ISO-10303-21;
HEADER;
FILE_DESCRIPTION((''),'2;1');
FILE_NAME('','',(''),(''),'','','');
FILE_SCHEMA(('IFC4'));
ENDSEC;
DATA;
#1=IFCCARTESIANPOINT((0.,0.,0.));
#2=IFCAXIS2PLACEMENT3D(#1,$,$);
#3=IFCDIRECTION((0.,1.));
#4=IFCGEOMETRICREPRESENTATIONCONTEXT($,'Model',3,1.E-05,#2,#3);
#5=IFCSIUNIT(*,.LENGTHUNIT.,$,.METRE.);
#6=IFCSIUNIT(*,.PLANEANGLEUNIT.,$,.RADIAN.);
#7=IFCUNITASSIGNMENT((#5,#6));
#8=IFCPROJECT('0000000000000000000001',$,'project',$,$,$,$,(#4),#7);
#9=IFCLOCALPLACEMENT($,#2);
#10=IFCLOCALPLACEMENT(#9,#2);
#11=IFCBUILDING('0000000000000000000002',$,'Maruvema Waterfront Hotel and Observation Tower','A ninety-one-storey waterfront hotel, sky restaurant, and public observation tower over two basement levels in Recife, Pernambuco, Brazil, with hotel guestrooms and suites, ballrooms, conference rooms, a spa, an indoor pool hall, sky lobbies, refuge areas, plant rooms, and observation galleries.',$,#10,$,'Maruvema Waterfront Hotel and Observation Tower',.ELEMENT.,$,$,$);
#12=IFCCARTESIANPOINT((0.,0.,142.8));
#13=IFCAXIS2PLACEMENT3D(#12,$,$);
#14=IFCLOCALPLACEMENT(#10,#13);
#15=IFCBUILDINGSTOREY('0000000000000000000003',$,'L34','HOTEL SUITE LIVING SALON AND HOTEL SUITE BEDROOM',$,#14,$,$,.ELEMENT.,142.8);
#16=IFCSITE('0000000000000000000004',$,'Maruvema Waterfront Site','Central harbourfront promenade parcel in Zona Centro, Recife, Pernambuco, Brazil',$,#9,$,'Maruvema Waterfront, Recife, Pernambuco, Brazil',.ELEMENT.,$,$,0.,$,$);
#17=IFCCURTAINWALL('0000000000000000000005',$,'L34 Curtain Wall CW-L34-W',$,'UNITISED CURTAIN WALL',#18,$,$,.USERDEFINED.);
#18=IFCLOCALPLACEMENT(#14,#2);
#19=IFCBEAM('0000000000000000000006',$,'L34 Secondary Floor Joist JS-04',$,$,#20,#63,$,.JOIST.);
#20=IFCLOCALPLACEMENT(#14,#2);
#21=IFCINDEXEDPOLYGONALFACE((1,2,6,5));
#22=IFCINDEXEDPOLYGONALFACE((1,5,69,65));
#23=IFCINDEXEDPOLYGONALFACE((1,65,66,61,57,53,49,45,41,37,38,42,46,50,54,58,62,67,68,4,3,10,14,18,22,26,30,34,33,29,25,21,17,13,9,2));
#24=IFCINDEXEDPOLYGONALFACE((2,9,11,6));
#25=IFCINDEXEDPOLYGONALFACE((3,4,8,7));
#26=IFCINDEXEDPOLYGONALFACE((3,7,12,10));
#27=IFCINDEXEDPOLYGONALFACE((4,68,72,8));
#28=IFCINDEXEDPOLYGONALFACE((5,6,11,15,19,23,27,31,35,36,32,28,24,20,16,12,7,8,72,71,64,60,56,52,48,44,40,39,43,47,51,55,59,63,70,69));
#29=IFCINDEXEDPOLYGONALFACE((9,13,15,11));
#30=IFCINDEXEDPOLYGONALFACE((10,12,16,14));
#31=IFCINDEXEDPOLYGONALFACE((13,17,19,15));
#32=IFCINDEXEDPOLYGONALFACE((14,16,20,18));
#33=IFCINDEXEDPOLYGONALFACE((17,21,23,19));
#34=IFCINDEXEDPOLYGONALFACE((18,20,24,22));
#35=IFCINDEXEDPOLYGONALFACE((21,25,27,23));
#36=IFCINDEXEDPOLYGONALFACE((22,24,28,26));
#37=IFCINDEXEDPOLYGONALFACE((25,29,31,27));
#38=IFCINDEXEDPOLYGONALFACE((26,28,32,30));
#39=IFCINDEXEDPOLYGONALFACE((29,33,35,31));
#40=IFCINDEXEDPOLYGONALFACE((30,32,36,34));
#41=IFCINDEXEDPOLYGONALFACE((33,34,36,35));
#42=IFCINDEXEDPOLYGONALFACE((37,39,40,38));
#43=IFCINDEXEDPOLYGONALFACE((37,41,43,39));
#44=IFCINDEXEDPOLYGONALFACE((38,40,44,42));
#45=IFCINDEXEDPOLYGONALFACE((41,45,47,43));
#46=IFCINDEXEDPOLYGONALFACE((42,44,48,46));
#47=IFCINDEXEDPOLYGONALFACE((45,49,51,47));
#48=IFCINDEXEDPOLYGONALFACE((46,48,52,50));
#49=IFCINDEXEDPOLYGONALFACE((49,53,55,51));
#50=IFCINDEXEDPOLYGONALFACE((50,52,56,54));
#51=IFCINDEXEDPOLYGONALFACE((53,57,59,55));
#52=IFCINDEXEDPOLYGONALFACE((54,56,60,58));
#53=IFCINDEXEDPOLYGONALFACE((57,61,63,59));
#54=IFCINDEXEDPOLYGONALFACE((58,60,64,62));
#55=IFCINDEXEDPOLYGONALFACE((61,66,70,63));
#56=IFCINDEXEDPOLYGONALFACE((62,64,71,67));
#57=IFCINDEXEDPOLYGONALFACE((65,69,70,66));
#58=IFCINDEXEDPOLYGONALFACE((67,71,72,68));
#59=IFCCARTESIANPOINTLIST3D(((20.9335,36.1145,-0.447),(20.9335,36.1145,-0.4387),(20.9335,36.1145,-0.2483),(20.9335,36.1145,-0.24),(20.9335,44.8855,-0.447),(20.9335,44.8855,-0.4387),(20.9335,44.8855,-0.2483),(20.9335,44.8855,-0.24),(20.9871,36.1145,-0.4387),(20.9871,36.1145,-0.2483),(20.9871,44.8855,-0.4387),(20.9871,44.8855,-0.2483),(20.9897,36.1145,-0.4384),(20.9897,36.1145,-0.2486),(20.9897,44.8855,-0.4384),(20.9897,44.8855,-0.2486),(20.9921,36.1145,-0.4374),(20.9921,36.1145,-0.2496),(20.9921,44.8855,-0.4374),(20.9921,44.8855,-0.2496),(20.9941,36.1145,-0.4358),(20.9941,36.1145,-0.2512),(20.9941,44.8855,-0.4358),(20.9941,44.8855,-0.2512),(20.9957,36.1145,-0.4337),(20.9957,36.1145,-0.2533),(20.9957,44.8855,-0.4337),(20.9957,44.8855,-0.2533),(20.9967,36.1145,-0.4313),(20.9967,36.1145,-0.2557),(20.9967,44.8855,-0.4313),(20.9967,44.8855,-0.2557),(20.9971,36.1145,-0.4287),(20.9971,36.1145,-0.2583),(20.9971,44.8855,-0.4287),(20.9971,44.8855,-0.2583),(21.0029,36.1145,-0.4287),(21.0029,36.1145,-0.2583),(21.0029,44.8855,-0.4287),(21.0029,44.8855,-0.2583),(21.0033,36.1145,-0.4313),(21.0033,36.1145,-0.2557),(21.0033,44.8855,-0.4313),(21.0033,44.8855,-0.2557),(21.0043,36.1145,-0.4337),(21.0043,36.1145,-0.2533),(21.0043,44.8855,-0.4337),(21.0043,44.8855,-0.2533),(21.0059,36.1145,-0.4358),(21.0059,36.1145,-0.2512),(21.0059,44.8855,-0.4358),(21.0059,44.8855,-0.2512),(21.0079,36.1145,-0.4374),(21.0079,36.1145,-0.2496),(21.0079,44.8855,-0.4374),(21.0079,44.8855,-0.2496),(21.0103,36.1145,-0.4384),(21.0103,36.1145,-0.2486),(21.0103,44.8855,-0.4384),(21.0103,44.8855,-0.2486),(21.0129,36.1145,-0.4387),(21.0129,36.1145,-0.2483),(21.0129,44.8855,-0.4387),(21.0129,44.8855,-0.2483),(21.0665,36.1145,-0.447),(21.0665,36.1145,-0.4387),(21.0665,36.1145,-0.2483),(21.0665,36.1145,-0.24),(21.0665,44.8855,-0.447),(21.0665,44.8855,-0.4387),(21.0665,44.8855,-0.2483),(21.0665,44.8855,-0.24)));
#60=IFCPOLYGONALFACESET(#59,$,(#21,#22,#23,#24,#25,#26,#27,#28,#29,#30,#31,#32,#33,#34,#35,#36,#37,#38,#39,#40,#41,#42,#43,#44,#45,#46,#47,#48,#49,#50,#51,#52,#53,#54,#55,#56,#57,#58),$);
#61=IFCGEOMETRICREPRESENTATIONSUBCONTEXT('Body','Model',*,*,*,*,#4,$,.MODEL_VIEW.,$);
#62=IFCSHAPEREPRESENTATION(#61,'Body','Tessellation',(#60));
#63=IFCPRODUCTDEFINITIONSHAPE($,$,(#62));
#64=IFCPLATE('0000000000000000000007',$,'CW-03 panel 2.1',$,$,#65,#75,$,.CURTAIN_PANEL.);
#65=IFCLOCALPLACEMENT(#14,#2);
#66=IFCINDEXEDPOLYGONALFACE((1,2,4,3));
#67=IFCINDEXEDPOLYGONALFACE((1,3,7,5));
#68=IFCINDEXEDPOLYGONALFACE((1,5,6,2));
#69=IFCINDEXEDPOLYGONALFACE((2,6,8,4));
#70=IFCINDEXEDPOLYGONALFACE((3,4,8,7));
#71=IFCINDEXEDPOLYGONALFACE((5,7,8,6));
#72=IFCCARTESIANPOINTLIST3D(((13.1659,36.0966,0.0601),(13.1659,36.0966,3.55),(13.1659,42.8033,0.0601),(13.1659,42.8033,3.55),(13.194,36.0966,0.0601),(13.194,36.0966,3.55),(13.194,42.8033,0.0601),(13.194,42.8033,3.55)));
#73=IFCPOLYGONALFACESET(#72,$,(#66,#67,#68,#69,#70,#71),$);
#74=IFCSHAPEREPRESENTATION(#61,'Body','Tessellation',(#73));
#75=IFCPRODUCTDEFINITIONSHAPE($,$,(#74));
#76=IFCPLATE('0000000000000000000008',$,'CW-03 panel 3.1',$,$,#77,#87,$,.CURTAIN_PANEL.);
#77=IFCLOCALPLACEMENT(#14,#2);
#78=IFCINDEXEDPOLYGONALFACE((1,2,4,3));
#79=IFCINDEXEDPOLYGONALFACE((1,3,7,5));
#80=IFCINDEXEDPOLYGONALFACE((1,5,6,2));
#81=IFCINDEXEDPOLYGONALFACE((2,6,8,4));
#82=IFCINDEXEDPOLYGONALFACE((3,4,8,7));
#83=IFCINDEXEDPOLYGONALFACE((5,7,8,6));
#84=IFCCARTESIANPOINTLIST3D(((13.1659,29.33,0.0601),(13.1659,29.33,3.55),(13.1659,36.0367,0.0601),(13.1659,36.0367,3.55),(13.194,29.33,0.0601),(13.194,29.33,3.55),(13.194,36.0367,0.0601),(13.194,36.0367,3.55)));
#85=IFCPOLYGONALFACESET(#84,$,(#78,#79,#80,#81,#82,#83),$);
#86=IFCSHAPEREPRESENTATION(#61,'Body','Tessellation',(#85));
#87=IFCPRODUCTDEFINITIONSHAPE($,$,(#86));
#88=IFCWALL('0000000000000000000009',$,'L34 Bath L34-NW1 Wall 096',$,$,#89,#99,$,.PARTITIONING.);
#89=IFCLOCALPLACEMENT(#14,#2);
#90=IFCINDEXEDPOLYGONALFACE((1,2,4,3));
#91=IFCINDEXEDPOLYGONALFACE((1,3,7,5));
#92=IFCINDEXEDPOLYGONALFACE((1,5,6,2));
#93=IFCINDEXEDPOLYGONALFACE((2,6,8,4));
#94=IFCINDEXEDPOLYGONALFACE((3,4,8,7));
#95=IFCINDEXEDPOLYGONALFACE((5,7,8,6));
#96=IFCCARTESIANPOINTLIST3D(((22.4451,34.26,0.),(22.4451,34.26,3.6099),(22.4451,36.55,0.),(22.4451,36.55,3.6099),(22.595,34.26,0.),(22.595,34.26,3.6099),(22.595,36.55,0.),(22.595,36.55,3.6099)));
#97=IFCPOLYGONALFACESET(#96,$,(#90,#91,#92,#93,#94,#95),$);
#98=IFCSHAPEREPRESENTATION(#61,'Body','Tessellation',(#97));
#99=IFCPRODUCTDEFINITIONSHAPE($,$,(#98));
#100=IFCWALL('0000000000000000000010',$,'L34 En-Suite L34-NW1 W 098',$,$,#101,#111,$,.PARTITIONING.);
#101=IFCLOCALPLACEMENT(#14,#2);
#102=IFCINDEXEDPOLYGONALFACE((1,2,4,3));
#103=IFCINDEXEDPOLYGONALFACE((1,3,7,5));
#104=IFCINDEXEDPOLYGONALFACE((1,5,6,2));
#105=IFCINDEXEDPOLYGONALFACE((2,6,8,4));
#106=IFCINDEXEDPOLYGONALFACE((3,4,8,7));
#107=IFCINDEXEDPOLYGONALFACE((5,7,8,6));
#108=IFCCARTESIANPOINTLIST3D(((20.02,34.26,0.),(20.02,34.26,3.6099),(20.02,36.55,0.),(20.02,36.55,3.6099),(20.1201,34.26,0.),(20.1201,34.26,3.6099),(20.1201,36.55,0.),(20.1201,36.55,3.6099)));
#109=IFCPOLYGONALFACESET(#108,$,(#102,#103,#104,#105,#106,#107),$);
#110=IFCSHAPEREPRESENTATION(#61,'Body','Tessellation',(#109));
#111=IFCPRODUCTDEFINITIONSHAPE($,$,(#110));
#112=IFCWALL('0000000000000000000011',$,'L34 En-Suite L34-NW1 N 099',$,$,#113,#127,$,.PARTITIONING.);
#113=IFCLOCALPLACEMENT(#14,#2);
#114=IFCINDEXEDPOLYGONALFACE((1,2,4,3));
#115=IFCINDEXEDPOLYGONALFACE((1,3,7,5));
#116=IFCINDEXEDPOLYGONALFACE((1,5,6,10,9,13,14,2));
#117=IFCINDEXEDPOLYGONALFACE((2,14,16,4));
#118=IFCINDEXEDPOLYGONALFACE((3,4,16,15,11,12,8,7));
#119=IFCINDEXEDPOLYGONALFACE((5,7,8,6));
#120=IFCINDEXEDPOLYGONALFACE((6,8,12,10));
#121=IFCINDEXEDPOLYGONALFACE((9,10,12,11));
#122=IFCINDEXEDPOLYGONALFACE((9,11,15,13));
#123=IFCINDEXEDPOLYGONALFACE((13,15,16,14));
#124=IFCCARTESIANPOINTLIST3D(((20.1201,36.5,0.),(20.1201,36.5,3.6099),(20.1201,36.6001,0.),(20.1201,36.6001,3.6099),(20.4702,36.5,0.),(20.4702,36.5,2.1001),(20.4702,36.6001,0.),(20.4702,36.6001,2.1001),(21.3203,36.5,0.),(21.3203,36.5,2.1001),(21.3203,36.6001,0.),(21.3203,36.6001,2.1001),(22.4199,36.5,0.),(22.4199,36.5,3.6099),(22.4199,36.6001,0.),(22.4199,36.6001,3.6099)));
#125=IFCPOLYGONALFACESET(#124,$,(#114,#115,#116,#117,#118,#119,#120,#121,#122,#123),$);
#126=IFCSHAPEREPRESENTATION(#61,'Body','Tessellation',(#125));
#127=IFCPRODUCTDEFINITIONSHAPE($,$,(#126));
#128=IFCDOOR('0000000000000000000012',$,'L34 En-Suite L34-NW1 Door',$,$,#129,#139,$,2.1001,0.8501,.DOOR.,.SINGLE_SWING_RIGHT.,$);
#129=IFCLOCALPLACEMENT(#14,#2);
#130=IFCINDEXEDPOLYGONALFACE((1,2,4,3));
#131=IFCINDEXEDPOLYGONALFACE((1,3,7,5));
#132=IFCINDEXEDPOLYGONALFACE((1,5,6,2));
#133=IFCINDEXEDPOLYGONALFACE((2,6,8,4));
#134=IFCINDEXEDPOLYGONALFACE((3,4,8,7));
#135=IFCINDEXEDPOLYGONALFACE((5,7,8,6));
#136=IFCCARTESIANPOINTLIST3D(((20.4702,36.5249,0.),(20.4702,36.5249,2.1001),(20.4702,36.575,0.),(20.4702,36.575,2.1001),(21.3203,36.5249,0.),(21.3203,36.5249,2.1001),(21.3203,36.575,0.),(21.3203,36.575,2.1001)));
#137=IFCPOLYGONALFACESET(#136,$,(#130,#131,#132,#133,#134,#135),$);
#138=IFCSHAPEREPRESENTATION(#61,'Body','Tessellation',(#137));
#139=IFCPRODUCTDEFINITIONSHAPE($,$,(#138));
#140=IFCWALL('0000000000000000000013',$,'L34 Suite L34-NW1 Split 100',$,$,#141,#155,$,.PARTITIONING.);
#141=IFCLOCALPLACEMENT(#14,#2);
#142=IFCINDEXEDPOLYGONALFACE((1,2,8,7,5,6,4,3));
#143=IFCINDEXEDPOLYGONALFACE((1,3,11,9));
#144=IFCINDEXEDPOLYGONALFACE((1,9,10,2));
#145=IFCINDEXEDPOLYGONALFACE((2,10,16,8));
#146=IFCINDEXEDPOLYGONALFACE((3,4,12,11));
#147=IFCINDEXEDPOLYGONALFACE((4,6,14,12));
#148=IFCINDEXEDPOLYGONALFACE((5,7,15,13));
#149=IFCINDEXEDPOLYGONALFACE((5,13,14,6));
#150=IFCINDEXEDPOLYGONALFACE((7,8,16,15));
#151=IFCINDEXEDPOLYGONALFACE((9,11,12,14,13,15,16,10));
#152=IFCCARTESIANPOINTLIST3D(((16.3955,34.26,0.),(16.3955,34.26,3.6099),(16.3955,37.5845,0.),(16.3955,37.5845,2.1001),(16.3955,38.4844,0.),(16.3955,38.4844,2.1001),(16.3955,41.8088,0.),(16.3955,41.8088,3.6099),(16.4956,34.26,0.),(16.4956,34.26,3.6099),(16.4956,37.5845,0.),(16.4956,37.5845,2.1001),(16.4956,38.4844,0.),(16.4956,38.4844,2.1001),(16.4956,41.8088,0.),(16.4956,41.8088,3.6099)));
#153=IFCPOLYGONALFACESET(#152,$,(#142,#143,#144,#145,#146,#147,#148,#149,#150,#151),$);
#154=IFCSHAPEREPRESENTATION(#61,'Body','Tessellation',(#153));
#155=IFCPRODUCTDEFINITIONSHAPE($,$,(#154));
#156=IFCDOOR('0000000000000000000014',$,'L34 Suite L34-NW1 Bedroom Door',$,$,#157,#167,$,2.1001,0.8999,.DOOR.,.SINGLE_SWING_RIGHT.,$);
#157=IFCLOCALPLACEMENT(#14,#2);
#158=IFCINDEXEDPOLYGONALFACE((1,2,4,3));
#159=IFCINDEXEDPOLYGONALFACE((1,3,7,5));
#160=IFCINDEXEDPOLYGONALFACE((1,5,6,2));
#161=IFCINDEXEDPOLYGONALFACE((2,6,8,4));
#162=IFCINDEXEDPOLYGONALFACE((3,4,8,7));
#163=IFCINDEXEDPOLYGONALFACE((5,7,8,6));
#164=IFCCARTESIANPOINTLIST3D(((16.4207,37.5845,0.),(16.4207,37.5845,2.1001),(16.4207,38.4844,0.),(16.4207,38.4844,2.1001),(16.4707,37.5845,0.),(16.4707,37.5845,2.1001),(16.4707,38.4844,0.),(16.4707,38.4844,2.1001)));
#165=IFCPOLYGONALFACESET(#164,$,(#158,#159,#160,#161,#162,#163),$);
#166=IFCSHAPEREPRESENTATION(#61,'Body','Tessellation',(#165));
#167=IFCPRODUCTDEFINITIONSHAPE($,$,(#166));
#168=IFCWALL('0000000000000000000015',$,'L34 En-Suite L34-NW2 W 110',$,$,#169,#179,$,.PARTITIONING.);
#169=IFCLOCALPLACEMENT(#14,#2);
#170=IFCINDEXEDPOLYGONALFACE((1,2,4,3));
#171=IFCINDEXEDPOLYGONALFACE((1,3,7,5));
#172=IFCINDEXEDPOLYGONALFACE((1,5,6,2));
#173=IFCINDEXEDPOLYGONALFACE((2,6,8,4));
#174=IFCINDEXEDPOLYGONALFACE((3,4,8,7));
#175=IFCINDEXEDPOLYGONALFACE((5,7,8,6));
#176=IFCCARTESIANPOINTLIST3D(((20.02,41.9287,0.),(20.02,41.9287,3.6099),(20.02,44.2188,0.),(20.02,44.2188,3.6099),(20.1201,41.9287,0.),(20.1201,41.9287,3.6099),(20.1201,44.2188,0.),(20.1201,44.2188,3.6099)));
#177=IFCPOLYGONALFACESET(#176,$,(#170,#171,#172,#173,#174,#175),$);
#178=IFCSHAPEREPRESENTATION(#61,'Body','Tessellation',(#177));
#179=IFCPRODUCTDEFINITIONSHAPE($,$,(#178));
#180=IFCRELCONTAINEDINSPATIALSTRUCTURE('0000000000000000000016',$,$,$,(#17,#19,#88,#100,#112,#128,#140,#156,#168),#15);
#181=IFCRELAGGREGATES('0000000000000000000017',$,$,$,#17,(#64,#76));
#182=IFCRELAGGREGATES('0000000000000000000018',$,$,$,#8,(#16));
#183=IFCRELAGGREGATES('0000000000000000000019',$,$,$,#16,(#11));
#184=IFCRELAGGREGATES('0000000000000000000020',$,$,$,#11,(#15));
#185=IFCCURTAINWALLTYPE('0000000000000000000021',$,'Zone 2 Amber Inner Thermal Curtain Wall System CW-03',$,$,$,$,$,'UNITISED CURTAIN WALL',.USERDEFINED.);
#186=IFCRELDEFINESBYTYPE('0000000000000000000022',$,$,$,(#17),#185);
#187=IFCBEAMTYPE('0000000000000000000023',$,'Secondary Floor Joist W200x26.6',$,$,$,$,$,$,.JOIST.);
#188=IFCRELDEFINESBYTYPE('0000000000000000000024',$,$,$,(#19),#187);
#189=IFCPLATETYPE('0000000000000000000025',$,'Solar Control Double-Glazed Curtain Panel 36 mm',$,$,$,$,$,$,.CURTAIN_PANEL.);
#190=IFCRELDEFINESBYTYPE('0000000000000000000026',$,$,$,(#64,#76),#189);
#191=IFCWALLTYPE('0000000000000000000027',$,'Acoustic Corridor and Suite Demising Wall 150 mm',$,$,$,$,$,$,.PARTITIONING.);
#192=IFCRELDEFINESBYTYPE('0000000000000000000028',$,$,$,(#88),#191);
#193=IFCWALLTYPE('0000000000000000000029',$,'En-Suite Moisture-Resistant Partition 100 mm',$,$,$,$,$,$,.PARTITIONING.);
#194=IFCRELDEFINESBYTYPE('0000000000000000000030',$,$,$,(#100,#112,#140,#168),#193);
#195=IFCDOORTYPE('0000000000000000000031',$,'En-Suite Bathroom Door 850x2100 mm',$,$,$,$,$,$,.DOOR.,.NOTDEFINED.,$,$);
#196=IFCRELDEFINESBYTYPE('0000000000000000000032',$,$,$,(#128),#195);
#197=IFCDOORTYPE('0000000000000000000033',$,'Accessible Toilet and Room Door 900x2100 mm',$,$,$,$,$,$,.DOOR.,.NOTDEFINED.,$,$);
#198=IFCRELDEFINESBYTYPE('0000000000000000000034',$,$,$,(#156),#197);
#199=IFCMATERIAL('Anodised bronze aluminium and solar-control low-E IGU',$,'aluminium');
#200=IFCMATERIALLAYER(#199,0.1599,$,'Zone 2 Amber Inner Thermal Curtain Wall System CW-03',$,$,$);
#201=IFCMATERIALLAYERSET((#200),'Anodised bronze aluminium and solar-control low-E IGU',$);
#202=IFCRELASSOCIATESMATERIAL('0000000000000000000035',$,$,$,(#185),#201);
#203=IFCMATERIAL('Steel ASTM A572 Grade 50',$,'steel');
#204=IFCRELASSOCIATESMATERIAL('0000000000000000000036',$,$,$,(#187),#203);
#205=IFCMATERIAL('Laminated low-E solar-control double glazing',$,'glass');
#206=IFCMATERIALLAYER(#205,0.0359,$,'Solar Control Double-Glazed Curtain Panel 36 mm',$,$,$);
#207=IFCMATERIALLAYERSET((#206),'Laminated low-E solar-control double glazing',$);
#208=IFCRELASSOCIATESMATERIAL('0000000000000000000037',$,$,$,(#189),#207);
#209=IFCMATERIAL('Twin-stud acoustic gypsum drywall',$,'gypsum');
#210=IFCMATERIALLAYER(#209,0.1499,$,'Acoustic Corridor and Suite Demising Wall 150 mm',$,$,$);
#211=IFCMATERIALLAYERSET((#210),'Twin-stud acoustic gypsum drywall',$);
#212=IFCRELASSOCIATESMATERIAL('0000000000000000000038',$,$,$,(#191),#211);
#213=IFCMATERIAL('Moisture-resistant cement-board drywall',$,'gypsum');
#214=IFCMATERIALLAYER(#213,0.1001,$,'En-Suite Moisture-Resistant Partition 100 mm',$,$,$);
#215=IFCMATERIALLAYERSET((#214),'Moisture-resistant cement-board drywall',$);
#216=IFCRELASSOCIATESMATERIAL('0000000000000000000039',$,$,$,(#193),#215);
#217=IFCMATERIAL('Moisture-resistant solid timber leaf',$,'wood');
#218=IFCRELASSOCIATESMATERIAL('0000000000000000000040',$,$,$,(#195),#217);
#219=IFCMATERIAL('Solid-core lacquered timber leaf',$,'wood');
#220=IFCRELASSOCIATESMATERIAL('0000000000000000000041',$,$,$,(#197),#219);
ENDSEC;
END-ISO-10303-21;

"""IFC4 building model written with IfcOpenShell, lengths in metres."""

from ifc_helpers import new_model, si_unit, direction, frame, frame_2d, origin, origin_2d, place, context, subcontext, project, spatial, rectangle, i_section, extrude, material, layer, layer_set, material_profile, profile_set, type_object, element, fill, aggregate, save


model = new_model("IFC4")

# Units and contexts
model_context = context("Model", 3, precision=1e-05, world=origin(), true_north=direction((0.0, 1.0)))
body_context = subcontext(model_context, "Body", "Model", "MODEL_VIEW")
ifc_project = project(units=[si_unit("LENGTHUNIT", "METRE"), si_unit("PLANEANGLEUNIT", "RADIAN")], contexts=[model_context])

# Site, building, storey
site_placement = place(None, origin())
site = spatial("IfcSite", under=ifc_project, at=site_placement, Name="Maruvema Waterfront Site", Description="Central harbourfront promenade parcel in Zona Centro, Recife, Pernambuco, Brazil", LongName="Maruvema Waterfront, Recife, Pernambuco, Brazil", CompositionType="ELEMENT", RefElevation=0.0)
building_placement = place(site_placement, origin())
building = spatial("IfcBuilding", under=site, at=building_placement, Name="Maruvema Waterfront Hotel and Observation Tower", Description="A ninety-one-storey waterfront hotel, sky restaurant, and public observation tower over two basement levels in Recife, Pernambuco, Brazil, with hotel guestrooms and suites, ballrooms, conference rooms, a spa, an indoor pool hall, sky lobbies, refuge areas, plant rooms, and observation galleries.", LongName="Maruvema Waterfront Hotel and Observation Tower", CompositionType="ELEMENT")
storey_placement = place(building_placement, frame((0.0, 0.0, 142.8)))
storey = spatial("IfcBuildingStorey", under=building, at=storey_placement, Name="L34", Description="HOTEL SUITE LIVING SALON AND HOTEL SUITE BEDROOM", CompositionType="ELEMENT", Elevation=142.8)

# Curtain wall
ifc_material_1 = material(Name="Anodised bronze aluminium and solar-control low-E IGU", Category="aluminium")
ifc_layer_1 = layer(ifc_material_1, 0.1599, Name="Zone 2 Amber Inner Thermal Curtain Wall System CW-03")
ifc_layer_set_1 = layer_set([ifc_layer_1], Name="Anodised bronze aluminium and solar-control low-E IGU")
curtain_wall_type = type_object("IfcCurtainWallType", Name="Zone 2 Amber Inner Thermal Curtain Wall System CW-03", ElementType="UNITISED CURTAIN WALL", PredefinedType="USERDEFINED", material=ifc_layer_set_1)
curtain_wall_placement = place(storey_placement, origin())
curtain_wall = element("IfcCurtainWall", 1, at=curtain_wall_placement, inside=storey, type_object=curtain_wall_type, Name="L34 Curtain Wall CW-L34-W", ObjectType="UNITISED CURTAIN WALL", PredefinedType="USERDEFINED")

# Beam
ifc_material_2 = material(Name="Steel ASTM A572 Grade 50", Category="steel")
ifc_material_profile_1 = material_profile(ifc_material_2, i_section(OverallWidth=0.1331, OverallDepth=0.207, WebThickness=0.0059, FlangeThickness=0.0083, FilletRadius=0.01, at=origin_2d()), Name="W200x26.6")
ifc_profile_set_1 = profile_set([ifc_material_profile_1], Name="Steel ASTM A572 Grade 50")
beam_type_1 = type_object("IfcBeamType", Name="Secondary Floor Joist W200x26.6", PredefinedType="JOIST", material=ifc_profile_set_1)
beam_1_placement = place(storey_placement, frame((21.0, 36.1145, -0.3435), z_axis=(0.0, 1.0, 0.0), x_axis=(-1.0, 0.0, 0.0)))
element("IfcBeam", 2, at=beam_1_placement, inside=storey, type_object=beam_type_1, Name="L34 Secondary Floor Joist JS-04", PredefinedType="JOIST", context=body_context, shape_type="SweptSolid", body=[
    extrude(i_section(OverallWidth=0.1331, OverallDepth=0.207, WebThickness=0.0059, FlangeThickness=0.0083, FilletRadius=0.01, at=origin_2d()), origin(), (0.0, 0.0, 1.0), 8.771),
])

# Plates
ifc_material_3 = material(Name="Laminated low-E solar-control double glazing", Category="glass")
ifc_layer_2 = layer(ifc_material_3, 0.0359, Name="Solar Control Double-Glazed Curtain Panel 36 mm")
ifc_layer_set_2 = layer_set([ifc_layer_2], Name="Laminated low-E solar-control double glazing")
plate_type = type_object("IfcPlateType", Name="Solar Control Double-Glazed Curtain Panel 36 mm", PredefinedType="CURTAIN_PANEL", material=ifc_layer_set_2)
plate_1_placement = place(storey_placement, frame((13.1799, 39.45, 0.0601), z_axis=(0.0, 0.0, 1.0), x_axis=(0.0, -1.0, 0.0)))
plate_1 = element("IfcPlate", 3, at=plate_1_placement, type_object=plate_type, Name="CW-03 panel 2.1", PredefinedType="CURTAIN_PANEL", context=body_context, shape_type="SweptSolid", body=[
    extrude(rectangle(XDim=6.7068, YDim=0.0281, at=origin_2d()), origin(), (0.0, 0.0, 1.0), 3.49),
])
plate_2_placement = place(storey_placement, frame((13.1799, 32.6833, 0.0601), z_axis=(0.0, 0.0, 1.0), x_axis=(0.0, -1.0, 0.0)))
plate_2 = element("IfcPlate", 4, at=plate_2_placement, type_object=plate_type, Name="CW-03 panel 3.1", PredefinedType="CURTAIN_PANEL", context=body_context, shape_type="SweptSolid", body=[
    extrude(rectangle(XDim=6.7068, YDim=0.0281, at=origin_2d()), origin(), (0.0, 0.0, 1.0), 3.49),
])
aggregate(curtain_wall, [plate_1, plate_2])

# Walls
ifc_material_4 = material(Name="Twin-stud acoustic gypsum drywall", Category="gypsum")
ifc_layer_3 = layer(ifc_material_4, 0.1499, Name="Acoustic Corridor and Suite Demising Wall 150 mm")
ifc_layer_set_3 = layer_set([ifc_layer_3], Name="Twin-stud acoustic gypsum drywall")
wall_type_1 = type_object("IfcWallType", Name="Acoustic Corridor and Suite Demising Wall 150 mm", PredefinedType="PARTITIONING", material=ifc_layer_set_3)
wall_1_placement = place(storey_placement, frame((22.52, 34.26, 0.0), z_axis=(0.0, 0.0, 1.0), x_axis=(0.0, 1.0, 0.0)))
element("IfcWall", 5, at=wall_1_placement, inside=storey, type_object=wall_type_1, Name="L34 Bath L34-NW1 Wall 096", PredefinedType="PARTITIONING", context=body_context, shape_type="SweptSolid", body=[
    extrude(rectangle(XDim=2.29, YDim=0.1499, at=frame_2d((1.145, 0.0))), origin(), (0.0, 0.0, 1.0), 3.6099),
])
ifc_material_5 = material(Name="Moisture-resistant cement-board drywall", Category="gypsum")
ifc_layer_4 = layer(ifc_material_5, 0.1001, Name="En-Suite Moisture-Resistant Partition 100 mm")
ifc_layer_set_4 = layer_set([ifc_layer_4], Name="Moisture-resistant cement-board drywall")
wall_type_2 = type_object("IfcWallType", Name="En-Suite Moisture-Resistant Partition 100 mm", PredefinedType="PARTITIONING", material=ifc_layer_set_4)
wall_2_placement = place(storey_placement, frame((20.0701, 34.26, 0.0), z_axis=(0.0, 0.0, 1.0), x_axis=(0.0, 1.0, 0.0)))
element("IfcWall", 6, at=wall_2_placement, inside=storey, type_object=wall_type_2, Name="L34 En-Suite L34-NW1 W 098", PredefinedType="PARTITIONING", context=body_context, shape_type="SweptSolid", body=[
    extrude(rectangle(XDim=2.29, YDim=0.1001, at=frame_2d((1.145, 0.0))), origin(), (0.0, 0.0, 1.0), 3.6099),
])

# Walls, openings, doors
wall_3_placement = place(storey_placement, frame((20.1201, 36.55, 0.0), z_axis=(0.0, 0.0, 1.0), x_axis=(1.0, 0.0, 0.0)))
wall_3 = element("IfcWall", 7, at=wall_3_placement, inside=storey, type_object=wall_type_2, Name="L34 En-Suite L34-NW1 N 099", PredefinedType="PARTITIONING", context=body_context, shape_type="SweptSolid", body=[
    extrude(rectangle(XDim=2.2998, YDim=0.1001, at=frame_2d((1.1499, 0.0))), origin(), (0.0, 0.0, 1.0), 3.6099),
])
opening_1_placement = place(wall_3_placement, frame((0.3501, 0.0, 0.0)))
opening_1 = element("IfcOpeningElement", 8, at=opening_1_placement, cuts=wall_3, PredefinedType="OPENING", context=body_context, shape_type="SweptSolid", body=[
    extrude(rectangle(XDim=0.8501, YDim=2.1001, at=frame_2d((0.425, 1.05))), frame((0.0, 0.0601, 0.0), z_axis=(0.0, -1.0, 0.0), x_axis=(1.0, 0.0, 0.0)), (0.0, 0.0, 1.0), 0.1201),
])
ifc_material_6 = material(Name="Moisture-resistant solid timber leaf", Category="wood")
door_type_1 = type_object("IfcDoorType", Name="En-Suite Bathroom Door 850x2100 mm", OperationType="NOTDEFINED", PredefinedType="DOOR", material=ifc_material_6)
door_1_placement = place(opening_1_placement, origin())
door_1 = element("IfcDoor", 9, at=door_1_placement, inside=storey, type_object=door_type_1, Name="L34 En-Suite L34-NW1 Door", OperationType="SINGLE_SWING_RIGHT", OverallHeight=2.1001, OverallWidth=0.8501, PredefinedType="DOOR", context=body_context, shape_type="SweptSolid", body=[
    extrude(rectangle(XDim=0.8501, YDim=2.1001, at=frame_2d((0.425, 1.05))), frame((0.0, 0.0249, 0.0), z_axis=(0.0, -1.0, 0.0), x_axis=(1.0, 0.0, 0.0)), (0.0, 0.0, 1.0), 0.05),
])
fill(opening_1, door_1)
wall_4_placement = place(storey_placement, frame((16.4456, 34.26, 0.0), z_axis=(0.0, 0.0, 1.0), x_axis=(0.0, 1.0, 0.0)))
wall_4 = element("IfcWall", 10, at=wall_4_placement, inside=storey, type_object=wall_type_2, Name="L34 Suite L34-NW1 Split 100", PredefinedType="PARTITIONING", context=body_context, shape_type="SweptSolid", body=[
    extrude(rectangle(XDim=7.5488, YDim=0.1001, at=frame_2d((3.7744, 0.0))), origin(), (0.0, 0.0, 1.0), 3.6099),
])
opening_2_placement = place(wall_4_placement, frame((3.3245, 0.0, 0.0)))
opening_2 = element("IfcOpeningElement", 11, at=opening_2_placement, cuts=wall_4, PredefinedType="OPENING", context=body_context, shape_type="SweptSolid", body=[
    extrude(rectangle(XDim=0.8999, YDim=2.1001, at=frame_2d((0.45, 1.05))), frame((0.0, 0.0601, 0.0), z_axis=(0.0, -1.0, 0.0), x_axis=(1.0, 0.0, 0.0)), (0.0, 0.0, 1.0), 0.1201),
])
ifc_material_7 = material(Name="Solid-core lacquered timber leaf", Category="wood")
door_type_2 = type_object("IfcDoorType", Name="Accessible Toilet and Room Door 900x2100 mm", OperationType="NOTDEFINED", PredefinedType="DOOR", material=ifc_material_7)
door_2_placement = place(opening_2_placement, origin())
door_2 = element("IfcDoor", 12, at=door_2_placement, inside=storey, type_object=door_type_2, Name="L34 Suite L34-NW1 Bedroom Door", OperationType="SINGLE_SWING_RIGHT", OverallHeight=2.1001, OverallWidth=0.8999, PredefinedType="DOOR", context=body_context, shape_type="SweptSolid", body=[
    extrude(rectangle(XDim=0.8999, YDim=2.1001, at=frame_2d((0.45, 1.05))), frame((0.0, 0.0249, 0.0), z_axis=(0.0, -1.0, 0.0), x_axis=(1.0, 0.0, 0.0)), (0.0, 0.0, 1.0), 0.05),
])
fill(opening_2, door_2)

# Wall
wall_5_placement = place(storey_placement, frame((20.0701, 41.9287, 0.0), z_axis=(0.0, 0.0, 1.0), x_axis=(0.0, 1.0, 0.0)))
element("IfcWall", 13, at=wall_5_placement, inside=storey, type_object=wall_type_2, Name="L34 En-Suite L34-NW2 W 110", PredefinedType="PARTITIONING", context=body_context, shape_type="SweptSolid", body=[
    extrude(rectangle(XDim=2.29, YDim=0.1001, at=frame_2d((1.145, 0.0))), origin(), (0.0, 0.0, 1.0), 3.6099),
])

save(model, "model.ifc")
